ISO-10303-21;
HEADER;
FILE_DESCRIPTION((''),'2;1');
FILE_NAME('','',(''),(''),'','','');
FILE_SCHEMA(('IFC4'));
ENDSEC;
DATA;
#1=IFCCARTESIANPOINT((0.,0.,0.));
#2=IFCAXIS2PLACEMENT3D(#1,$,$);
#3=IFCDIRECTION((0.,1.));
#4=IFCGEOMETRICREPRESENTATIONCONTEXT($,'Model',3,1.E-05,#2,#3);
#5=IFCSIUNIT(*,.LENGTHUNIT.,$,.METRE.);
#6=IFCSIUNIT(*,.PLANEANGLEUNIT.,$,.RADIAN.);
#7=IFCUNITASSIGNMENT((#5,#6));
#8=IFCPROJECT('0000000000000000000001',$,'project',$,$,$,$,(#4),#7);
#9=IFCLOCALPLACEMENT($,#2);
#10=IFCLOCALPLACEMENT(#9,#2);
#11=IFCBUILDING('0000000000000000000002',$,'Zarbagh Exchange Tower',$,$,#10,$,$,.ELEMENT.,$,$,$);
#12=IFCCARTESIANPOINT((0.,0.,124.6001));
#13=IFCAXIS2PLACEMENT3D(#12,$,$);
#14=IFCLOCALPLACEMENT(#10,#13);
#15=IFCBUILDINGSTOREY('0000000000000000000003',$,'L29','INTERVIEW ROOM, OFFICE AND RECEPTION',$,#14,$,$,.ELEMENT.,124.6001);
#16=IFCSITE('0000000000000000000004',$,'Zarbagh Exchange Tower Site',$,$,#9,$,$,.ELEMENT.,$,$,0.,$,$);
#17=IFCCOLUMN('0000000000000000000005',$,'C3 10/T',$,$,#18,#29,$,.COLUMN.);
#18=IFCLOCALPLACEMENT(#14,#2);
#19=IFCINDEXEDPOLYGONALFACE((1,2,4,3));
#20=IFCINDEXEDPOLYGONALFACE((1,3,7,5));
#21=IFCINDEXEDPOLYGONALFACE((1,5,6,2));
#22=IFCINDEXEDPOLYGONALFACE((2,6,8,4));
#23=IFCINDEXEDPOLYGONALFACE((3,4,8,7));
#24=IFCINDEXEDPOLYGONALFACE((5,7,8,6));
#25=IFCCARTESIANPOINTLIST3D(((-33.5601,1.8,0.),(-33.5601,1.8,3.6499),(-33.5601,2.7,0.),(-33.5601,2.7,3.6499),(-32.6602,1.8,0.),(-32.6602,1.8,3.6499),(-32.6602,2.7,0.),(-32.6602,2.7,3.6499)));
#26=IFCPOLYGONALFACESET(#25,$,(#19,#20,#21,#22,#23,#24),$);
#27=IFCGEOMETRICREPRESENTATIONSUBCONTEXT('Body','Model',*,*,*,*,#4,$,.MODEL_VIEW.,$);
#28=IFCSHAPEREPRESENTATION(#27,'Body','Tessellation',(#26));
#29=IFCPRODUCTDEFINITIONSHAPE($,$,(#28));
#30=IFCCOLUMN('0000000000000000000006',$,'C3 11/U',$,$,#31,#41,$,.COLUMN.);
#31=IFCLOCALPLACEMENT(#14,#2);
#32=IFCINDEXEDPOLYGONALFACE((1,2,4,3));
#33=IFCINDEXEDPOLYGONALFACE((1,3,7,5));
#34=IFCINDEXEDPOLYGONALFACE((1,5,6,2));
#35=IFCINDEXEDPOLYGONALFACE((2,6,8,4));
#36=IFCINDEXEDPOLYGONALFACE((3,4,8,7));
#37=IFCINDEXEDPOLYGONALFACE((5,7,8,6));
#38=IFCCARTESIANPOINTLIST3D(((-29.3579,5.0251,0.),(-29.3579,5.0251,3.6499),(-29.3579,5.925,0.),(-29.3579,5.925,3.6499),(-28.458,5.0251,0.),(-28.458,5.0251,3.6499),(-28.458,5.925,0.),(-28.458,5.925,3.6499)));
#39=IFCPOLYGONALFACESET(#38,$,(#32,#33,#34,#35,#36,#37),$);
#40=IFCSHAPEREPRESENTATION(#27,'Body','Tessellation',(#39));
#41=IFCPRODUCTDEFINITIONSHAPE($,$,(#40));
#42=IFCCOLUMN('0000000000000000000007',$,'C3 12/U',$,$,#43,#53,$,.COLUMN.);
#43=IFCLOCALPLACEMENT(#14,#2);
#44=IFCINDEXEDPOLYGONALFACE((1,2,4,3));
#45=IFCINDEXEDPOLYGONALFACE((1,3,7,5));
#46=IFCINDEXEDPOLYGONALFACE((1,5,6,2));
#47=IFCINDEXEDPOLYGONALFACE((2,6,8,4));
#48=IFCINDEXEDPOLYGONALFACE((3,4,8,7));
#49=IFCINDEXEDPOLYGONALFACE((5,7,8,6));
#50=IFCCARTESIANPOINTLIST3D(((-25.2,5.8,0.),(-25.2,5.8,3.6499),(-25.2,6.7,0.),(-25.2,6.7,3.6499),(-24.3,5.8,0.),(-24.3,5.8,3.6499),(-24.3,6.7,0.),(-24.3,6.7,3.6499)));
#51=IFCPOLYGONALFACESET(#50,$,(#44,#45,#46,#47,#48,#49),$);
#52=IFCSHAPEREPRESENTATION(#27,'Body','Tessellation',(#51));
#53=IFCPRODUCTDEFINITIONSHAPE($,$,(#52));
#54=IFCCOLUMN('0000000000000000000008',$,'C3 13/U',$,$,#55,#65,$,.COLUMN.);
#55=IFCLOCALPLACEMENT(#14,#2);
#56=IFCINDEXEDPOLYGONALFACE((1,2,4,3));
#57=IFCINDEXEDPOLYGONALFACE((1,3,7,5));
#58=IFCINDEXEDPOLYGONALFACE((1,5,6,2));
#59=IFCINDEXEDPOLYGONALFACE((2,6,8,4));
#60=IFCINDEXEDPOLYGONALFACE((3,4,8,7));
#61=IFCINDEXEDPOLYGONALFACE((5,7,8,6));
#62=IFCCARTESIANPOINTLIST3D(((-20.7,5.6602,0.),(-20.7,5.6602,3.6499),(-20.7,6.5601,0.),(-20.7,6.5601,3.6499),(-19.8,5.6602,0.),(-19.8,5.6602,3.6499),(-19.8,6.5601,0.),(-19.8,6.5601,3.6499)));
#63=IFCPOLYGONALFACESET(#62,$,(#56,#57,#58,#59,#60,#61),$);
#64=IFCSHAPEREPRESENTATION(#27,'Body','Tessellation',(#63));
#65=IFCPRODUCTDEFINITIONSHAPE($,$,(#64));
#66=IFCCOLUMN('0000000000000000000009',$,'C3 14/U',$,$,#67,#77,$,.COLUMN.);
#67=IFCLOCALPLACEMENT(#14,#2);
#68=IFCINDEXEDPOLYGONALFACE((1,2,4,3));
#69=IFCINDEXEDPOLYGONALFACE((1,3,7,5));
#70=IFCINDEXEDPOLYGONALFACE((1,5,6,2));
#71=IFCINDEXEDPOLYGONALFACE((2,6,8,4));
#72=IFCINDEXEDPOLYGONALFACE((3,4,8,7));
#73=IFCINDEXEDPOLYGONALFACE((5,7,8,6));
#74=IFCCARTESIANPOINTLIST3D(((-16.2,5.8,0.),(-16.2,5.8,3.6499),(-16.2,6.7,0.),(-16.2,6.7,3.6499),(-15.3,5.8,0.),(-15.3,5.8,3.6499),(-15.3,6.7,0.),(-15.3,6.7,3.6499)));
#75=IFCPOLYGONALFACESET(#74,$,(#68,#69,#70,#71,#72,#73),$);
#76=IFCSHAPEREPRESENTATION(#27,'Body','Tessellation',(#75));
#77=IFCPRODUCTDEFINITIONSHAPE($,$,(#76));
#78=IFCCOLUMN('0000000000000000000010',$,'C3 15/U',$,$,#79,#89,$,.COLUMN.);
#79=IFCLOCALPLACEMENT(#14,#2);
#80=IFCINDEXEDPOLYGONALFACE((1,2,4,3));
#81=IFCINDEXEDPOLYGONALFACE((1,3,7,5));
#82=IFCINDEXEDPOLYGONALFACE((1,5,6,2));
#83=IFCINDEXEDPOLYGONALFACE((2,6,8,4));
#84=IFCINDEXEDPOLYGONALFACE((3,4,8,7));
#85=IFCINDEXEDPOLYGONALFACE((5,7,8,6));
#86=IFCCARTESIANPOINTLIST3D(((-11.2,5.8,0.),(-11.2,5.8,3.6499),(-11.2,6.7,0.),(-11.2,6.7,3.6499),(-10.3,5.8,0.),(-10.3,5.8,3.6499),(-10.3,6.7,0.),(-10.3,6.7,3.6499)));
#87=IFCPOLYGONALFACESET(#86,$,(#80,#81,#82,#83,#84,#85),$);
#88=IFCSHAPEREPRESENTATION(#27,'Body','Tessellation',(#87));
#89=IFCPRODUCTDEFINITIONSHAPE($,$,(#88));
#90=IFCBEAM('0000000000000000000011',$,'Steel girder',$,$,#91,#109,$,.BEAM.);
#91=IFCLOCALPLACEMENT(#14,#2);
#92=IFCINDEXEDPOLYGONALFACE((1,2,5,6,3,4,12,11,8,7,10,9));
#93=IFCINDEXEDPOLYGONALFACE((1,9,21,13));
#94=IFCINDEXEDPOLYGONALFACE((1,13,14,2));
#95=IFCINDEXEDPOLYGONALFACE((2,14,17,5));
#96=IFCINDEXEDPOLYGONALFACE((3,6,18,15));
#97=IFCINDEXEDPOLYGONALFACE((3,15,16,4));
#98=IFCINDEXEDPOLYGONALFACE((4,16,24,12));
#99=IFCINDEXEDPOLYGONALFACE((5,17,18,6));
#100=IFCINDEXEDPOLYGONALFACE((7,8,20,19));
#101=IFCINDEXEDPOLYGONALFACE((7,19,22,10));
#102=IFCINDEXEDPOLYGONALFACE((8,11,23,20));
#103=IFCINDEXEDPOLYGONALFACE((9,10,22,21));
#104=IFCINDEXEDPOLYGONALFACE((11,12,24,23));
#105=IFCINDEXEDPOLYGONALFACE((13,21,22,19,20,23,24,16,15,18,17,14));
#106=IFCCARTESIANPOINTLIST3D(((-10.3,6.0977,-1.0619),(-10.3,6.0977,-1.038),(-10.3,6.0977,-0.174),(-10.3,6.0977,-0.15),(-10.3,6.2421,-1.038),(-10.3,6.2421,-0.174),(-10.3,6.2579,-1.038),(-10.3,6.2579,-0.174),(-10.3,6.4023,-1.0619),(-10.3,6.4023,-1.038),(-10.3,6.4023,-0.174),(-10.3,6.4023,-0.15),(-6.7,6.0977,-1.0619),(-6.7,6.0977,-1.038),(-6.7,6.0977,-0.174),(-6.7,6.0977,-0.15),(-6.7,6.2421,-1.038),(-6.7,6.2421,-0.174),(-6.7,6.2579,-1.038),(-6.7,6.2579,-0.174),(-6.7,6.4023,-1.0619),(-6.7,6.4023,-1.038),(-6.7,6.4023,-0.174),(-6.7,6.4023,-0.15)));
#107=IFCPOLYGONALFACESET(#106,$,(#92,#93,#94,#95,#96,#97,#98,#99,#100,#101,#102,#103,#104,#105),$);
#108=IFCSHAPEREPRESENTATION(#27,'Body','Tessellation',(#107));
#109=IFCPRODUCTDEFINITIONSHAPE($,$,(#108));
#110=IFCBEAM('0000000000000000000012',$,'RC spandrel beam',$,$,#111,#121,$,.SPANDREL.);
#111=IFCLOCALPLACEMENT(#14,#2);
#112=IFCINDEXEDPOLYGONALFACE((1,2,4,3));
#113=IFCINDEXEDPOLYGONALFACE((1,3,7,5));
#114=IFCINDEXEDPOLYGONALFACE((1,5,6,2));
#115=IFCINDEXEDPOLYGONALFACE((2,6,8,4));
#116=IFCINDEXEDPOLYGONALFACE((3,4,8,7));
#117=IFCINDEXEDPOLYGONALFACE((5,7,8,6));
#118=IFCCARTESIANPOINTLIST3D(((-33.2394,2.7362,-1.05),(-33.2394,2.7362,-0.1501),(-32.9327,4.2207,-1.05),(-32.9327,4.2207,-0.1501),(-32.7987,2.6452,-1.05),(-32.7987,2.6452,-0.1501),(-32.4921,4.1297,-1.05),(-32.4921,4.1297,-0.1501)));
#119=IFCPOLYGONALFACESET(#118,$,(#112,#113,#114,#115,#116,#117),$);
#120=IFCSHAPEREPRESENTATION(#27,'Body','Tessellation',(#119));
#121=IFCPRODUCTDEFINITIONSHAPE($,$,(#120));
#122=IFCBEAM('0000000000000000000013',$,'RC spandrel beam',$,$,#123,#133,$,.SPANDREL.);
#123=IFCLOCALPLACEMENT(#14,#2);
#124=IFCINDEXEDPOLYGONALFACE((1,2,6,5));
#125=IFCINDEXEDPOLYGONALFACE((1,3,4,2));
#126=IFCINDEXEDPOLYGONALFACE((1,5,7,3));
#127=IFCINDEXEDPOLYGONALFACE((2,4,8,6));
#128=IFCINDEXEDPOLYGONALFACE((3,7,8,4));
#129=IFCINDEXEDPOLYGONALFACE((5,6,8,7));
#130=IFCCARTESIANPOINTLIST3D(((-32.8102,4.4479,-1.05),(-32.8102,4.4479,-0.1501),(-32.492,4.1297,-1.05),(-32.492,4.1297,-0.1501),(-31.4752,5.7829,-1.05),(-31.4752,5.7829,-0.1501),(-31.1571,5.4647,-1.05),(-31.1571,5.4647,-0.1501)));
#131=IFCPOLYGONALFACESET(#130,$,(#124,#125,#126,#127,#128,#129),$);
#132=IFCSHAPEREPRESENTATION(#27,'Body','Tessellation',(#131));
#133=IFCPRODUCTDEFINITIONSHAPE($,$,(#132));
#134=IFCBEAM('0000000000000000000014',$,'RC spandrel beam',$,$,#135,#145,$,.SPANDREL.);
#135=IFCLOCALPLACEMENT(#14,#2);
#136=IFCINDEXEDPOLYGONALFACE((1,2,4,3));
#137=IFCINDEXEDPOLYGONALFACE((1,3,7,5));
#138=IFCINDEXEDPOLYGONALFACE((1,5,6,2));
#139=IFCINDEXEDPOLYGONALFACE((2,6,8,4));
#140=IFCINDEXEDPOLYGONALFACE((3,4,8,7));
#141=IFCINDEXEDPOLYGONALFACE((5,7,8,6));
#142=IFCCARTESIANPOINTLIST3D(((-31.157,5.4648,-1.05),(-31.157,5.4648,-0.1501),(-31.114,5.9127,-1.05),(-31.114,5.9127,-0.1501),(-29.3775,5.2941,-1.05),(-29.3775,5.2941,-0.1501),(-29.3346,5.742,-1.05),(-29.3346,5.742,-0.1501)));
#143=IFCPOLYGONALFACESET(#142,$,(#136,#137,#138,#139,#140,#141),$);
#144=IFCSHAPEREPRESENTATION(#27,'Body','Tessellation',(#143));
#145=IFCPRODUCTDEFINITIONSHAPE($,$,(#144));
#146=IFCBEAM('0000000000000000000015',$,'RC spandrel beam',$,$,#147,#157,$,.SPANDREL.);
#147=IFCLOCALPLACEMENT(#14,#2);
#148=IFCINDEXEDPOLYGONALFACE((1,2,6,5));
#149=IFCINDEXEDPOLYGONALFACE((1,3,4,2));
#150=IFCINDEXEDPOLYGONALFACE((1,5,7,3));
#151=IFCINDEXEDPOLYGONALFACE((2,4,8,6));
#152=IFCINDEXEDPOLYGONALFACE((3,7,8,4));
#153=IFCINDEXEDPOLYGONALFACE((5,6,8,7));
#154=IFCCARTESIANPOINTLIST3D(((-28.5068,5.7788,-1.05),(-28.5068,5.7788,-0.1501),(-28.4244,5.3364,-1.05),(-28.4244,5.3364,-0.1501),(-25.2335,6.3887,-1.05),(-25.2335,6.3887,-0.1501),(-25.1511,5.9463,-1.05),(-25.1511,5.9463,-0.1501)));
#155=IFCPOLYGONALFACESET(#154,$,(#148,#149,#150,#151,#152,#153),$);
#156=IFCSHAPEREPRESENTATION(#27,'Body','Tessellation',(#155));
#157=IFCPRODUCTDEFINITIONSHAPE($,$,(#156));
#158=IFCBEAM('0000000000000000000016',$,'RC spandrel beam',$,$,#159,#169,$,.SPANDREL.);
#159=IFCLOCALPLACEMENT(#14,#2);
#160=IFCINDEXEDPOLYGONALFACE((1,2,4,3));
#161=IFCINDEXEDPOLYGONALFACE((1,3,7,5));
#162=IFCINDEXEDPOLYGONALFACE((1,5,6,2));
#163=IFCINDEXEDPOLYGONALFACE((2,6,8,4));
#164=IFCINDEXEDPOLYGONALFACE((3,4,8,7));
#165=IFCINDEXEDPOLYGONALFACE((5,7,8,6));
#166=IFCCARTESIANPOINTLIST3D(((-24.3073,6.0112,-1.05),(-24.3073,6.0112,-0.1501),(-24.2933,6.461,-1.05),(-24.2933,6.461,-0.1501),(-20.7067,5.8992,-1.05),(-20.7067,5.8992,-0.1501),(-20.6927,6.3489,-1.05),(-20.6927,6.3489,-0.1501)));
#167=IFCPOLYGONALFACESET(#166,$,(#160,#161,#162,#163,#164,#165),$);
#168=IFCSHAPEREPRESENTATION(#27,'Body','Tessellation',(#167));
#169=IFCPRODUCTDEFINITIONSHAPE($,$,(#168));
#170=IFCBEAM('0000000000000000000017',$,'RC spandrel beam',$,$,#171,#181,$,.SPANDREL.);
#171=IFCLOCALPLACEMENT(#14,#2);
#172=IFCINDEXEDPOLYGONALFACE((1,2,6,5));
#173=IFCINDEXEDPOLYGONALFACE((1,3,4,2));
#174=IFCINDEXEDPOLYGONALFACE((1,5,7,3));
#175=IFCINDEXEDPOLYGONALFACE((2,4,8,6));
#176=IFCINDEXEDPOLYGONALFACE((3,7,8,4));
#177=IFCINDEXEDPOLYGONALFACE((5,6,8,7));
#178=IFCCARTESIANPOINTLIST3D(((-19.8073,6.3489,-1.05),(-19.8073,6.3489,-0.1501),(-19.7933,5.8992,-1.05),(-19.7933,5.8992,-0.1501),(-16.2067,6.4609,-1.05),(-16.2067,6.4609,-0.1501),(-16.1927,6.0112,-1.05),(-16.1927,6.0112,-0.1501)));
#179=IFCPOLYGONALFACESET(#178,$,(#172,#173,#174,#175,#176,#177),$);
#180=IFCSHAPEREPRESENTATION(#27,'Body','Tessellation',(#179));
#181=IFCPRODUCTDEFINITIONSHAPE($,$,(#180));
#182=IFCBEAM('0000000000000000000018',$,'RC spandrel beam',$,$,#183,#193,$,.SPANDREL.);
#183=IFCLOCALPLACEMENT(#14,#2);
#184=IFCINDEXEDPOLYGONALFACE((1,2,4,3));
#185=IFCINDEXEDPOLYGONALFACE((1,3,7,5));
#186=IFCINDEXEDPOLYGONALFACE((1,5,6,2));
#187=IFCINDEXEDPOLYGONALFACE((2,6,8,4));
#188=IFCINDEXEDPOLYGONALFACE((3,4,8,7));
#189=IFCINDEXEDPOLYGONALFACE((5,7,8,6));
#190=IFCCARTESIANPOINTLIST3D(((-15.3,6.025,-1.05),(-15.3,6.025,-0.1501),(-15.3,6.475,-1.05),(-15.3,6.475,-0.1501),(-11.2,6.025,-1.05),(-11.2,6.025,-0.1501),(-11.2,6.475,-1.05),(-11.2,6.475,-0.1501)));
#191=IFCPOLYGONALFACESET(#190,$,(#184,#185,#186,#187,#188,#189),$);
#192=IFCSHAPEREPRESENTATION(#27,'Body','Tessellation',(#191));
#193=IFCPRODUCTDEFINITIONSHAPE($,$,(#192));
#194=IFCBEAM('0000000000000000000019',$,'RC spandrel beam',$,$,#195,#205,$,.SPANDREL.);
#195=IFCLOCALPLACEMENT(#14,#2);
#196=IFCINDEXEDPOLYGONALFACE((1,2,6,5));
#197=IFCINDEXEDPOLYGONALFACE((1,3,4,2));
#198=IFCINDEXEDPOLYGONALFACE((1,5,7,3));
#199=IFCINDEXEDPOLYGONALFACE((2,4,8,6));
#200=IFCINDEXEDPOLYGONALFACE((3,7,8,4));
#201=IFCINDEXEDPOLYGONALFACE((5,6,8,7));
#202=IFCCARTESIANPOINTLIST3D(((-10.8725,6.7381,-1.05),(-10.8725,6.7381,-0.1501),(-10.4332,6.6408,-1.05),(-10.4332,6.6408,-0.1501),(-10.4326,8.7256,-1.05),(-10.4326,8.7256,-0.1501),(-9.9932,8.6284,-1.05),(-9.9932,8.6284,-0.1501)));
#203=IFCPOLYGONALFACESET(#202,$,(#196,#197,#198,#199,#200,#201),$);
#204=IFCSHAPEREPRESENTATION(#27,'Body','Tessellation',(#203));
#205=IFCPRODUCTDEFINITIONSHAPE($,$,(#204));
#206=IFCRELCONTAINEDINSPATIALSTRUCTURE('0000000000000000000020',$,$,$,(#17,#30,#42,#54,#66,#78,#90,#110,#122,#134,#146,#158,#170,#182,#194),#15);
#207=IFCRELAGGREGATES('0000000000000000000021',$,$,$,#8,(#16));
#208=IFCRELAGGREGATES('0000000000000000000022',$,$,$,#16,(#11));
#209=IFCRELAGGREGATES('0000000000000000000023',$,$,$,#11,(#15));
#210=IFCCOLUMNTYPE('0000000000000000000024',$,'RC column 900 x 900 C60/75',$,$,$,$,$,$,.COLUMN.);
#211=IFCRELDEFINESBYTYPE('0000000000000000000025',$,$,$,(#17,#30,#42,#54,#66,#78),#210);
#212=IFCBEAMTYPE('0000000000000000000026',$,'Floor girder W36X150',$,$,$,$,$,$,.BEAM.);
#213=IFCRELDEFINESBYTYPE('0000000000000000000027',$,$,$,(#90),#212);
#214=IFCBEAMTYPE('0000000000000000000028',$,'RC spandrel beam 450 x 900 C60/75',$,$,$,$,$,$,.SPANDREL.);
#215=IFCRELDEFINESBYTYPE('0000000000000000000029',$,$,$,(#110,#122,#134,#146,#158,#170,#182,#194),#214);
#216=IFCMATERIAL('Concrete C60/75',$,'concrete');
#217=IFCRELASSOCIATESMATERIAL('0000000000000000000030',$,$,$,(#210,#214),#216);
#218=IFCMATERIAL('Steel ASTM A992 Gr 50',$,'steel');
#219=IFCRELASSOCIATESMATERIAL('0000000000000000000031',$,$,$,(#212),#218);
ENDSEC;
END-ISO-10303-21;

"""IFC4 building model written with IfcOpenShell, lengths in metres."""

from ifc_helpers import new_model, si_unit, direction, frame, origin, origin_2d, place, context, subcontext, project, spatial, rectangle, i_section, extrude, material, material_profile, profile_set, type_object, element, save


model = new_model("IFC4")

# Units and contexts
model_context = context("Model", 3, precision=1e-05, world=origin(), true_north=direction((0.0, 1.0)))
body_context = subcontext(model_context, "Body", "Model", "MODEL_VIEW")
ifc_project = project(units=[si_unit("LENGTHUNIT", "METRE"), si_unit("PLANEANGLEUNIT", "RADIAN")], contexts=[model_context])

# Site, building, storey
site_placement = place(None, origin())
site = spatial("IfcSite", under=ifc_project, at=site_placement, Name="Zarbagh Exchange Tower Site", CompositionType="ELEMENT", RefElevation=0.0)
building_placement = place(site_placement, origin())
building = spatial("IfcBuilding", under=site, at=building_placement, Name="Zarbagh Exchange Tower", CompositionType="ELEMENT")
storey_placement = place(building_placement, frame((0.0, 0.0, 124.6001)))
storey = spatial("IfcBuildingStorey", under=building, at=storey_placement, Name="L29", Description="INTERVIEW ROOM, OFFICE AND RECEPTION", CompositionType="ELEMENT", Elevation=124.6001)

# Columns
ifc_material_1 = material(Name="Concrete C60/75", Category="concrete")
ifc_material_profile_1 = material_profile(ifc_material_1, rectangle(XDim=0.8999, YDim=0.8999, at=origin_2d()), Name="RC column 900 x 900 C60/75")
ifc_profile_set_1 = profile_set([ifc_material_profile_1], Name="Concrete C60/75")
column_type = type_object("IfcColumnType", Name="RC column 900 x 900 C60/75", PredefinedType="COLUMN", material=ifc_profile_set_1)
for number, where, z_axis, x_axis, name in (
    (1, (-33.1101, 2.25, 0.0), (0.0, 0.0, 1.0), (1.0, 0.0, 0.0), "C3 10/T"),
    (2, (-28.908, 5.4751, 0.0), (0.0, 0.0, 1.0), (1.0, 0.0, 0.0), "C3 11/U"),
    (3, (-24.75, 6.25, 0.0), (0.0, 0.0, 1.0), (1.0, 0.0, 0.0), "C3 12/U"),
    (4, (-20.25, 6.1101, 0.0), (0.0, 0.0, 1.0), (1.0, 0.0, 0.0), "C3 13/U"),
    (5, (-15.75, 6.25, 0.0), (0.0, 0.0, 1.0), (1.0, 0.0, 0.0), "C3 14/U"),
    (6, (-10.75, 6.25, 0.0), (0.0, 0.0, 1.0), (1.0, 0.0, 0.0), "C3 15/U"),
):
    element("IfcColumn", number, at=place(storey_placement, frame(where, z_axis=z_axis, x_axis=x_axis)), inside=storey, type_object=column_type, Name=name, PredefinedType="COLUMN", context=body_context, shape_type="SweptSolid", body=[
        extrude(rectangle(XDim=0.8999, YDim=0.8999, at=origin_2d()), origin(), (0.0, 0.0, 1.0), 3.6499),
    ])

# Beams
ifc_material_2 = material(Name="Steel ASTM A992 Gr 50", Category="steel")
ifc_material_profile_2 = material_profile(ifc_material_2, i_section(OverallWidth=0.3047, OverallDepth=0.9119, WebThickness=0.0159, FlangeThickness=0.0239, at=origin_2d()), Name="W36X150")
ifc_profile_set_2 = profile_set([ifc_material_profile_2], Name="Steel ASTM A992 Gr 50")
beam_type_1 = type_object("IfcBeamType", Name="Floor girder W36X150", PredefinedType="BEAM", material=ifc_profile_set_2)
beam_1_placement = place(storey_placement, frame((-10.3, 6.25, -0.606), z_axis=(1.0, 0.0, 0.0), x_axis=(0.0, 1.0, 0.0)))
element("IfcBeam", 7, at=beam_1_placement, inside=storey, type_object=beam_type_1, Name="Steel girder", PredefinedType="BEAM", context=body_context, shape_type="SweptSolid", body=[
    extrude(i_section(OverallWidth=0.3047, OverallDepth=0.9119, WebThickness=0.0159, FlangeThickness=0.0239, at=origin_2d()), origin(), (0.0, 0.0, 1.0), 3.6001),
])
ifc_material_profile_3 = material_profile(ifc_material_1, rectangle(XDim=0.45, YDim=0.8999, at=origin_2d()), Name="RC spandrel beam 450 x 900 C60/75")
ifc_profile_set_3 = profile_set([ifc_material_profile_3], Name="Concrete C60/75")
beam_type_2 = type_object("IfcBeamType", Name="RC spandrel beam 450 x 900 C60/75", PredefinedType="SPANDREL", material=ifc_profile_set_3)
beam_2_placement = place(storey_placement, frame((-33.019, 2.6907, -0.6001), z_axis=(0.202275, 0.979329, 0.0), x_axis=(-0.979329, 0.202275, 0.0)))
element("IfcBeam", 8, at=beam_2_placement, inside=storey, type_object=beam_type_2, Name="RC spandrel beam", PredefinedType="SPANDREL", context=body_context, shape_type="SweptSolid", body=[
    extrude(rectangle(XDim=0.45, YDim=0.8999, at=origin_2d()), origin(), (0.0, 0.0, 1.0), 1.5159),
])
beam_3_placement = place(storey_placement, frame((-32.6511, 4.2888, -0.6001), z_axis=(0.707107, 0.707107, 0.0), x_axis=(-0.707107, 0.707107, 0.0)))
element("IfcBeam", 9, at=beam_3_placement, inside=storey, type_object=beam_type_2, Name="RC spandrel beam", PredefinedType="SPANDREL", context=body_context, shape_type="SweptSolid", body=[
    extrude(rectangle(XDim=0.45, YDim=0.8999, at=origin_2d()), origin(), (0.0, 0.0, 1.0), 1.8879),
])
beam_4_placement = place(storey_placement, frame((-31.1355, 5.6887, -0.6001), z_axis=(0.995433, -0.09546, 0.0), x_axis=(0.09546, 0.995433, 0.0)))
element("IfcBeam", 10, at=beam_4_placement, inside=storey, type_object=beam_type_2, Name="RC spandrel beam", PredefinedType="SPANDREL", context=body_context, shape_type="SweptSolid", body=[
    extrude(rectangle(XDim=0.45, YDim=0.8999, at=origin_2d()), origin(), (0.0, 0.0, 1.0), 1.7876),
])
beam_5_placement = place(storey_placement, frame((-28.4656, 5.5576, -0.6001), z_axis=(0.983082, 0.183168, 0.0), x_axis=(-0.183168, 0.983082, 0.0)))
element("IfcBeam", 11, at=beam_5_placement, inside=storey, type_object=beam_type_2, Name="RC spandrel beam", PredefinedType="SPANDREL", context=body_context, shape_type="SweptSolid", body=[
    extrude(rectangle(XDim=0.45, YDim=0.8999, at=origin_2d()), origin(), (0.0, 0.0, 1.0), 3.3296),
])
for number, where, z_axis, x_axis, name in (
    (12, (-24.3003, 6.2361, -0.6001), (0.999516, -0.031108, 0.0), (0.031108, 0.999516, 0.0), "RC spandrel beam"),
    (13, (-19.8003, 6.124, -0.6001), (0.999516, 0.031108, 0.0), (-0.031108, 0.999516, 0.0), "RC spandrel beam"),
):
    element("IfcBeam", number, at=place(storey_placement, frame(where, z_axis=z_axis, x_axis=x_axis)), inside=storey, type_object=beam_type_2, Name=name, PredefinedType="SPANDREL", context=body_context, shape_type="SweptSolid", body=[
        extrude(rectangle(XDim=0.45, YDim=0.8999, at=origin_2d()), origin(), (0.0, 0.0, 1.0), 3.6023),
    ])
beam_6_placement = place(storey_placement, frame((-15.3, 6.25, -0.6001), z_axis=(1.0, 0.0, 0.0), x_axis=(0.0, 1.0, 0.0)))
element("IfcBeam", 14, at=beam_6_placement, inside=storey, type_object=beam_type_2, Name="RC spandrel beam", PredefinedType="SPANDREL", context=body_context, shape_type="SweptSolid", body=[
    extrude(rectangle(XDim=0.45, YDim=0.8999, at=origin_2d()), origin(), (0.0, 0.0, 1.0), 4.1001),
])
beam_7_placement = place(storey_placement, frame((-10.6528, 6.6895, -0.6001), z_axis=(0.216118, 0.976367, 0.0), x_axis=(-0.976367, 0.216118, 0.0)))
element("IfcBeam", 15, at=beam_7_placement, inside=storey, type_object=beam_type_2, Name="RC spandrel beam", PredefinedType="SPANDREL", context=body_context, shape_type="SweptSolid", body=[
    extrude(rectangle(XDim=0.45, YDim=0.8999, at=origin_2d()), origin(), (0.0, 0.0, 1.0), 2.0356),
])

save(model, "model.ifc")
